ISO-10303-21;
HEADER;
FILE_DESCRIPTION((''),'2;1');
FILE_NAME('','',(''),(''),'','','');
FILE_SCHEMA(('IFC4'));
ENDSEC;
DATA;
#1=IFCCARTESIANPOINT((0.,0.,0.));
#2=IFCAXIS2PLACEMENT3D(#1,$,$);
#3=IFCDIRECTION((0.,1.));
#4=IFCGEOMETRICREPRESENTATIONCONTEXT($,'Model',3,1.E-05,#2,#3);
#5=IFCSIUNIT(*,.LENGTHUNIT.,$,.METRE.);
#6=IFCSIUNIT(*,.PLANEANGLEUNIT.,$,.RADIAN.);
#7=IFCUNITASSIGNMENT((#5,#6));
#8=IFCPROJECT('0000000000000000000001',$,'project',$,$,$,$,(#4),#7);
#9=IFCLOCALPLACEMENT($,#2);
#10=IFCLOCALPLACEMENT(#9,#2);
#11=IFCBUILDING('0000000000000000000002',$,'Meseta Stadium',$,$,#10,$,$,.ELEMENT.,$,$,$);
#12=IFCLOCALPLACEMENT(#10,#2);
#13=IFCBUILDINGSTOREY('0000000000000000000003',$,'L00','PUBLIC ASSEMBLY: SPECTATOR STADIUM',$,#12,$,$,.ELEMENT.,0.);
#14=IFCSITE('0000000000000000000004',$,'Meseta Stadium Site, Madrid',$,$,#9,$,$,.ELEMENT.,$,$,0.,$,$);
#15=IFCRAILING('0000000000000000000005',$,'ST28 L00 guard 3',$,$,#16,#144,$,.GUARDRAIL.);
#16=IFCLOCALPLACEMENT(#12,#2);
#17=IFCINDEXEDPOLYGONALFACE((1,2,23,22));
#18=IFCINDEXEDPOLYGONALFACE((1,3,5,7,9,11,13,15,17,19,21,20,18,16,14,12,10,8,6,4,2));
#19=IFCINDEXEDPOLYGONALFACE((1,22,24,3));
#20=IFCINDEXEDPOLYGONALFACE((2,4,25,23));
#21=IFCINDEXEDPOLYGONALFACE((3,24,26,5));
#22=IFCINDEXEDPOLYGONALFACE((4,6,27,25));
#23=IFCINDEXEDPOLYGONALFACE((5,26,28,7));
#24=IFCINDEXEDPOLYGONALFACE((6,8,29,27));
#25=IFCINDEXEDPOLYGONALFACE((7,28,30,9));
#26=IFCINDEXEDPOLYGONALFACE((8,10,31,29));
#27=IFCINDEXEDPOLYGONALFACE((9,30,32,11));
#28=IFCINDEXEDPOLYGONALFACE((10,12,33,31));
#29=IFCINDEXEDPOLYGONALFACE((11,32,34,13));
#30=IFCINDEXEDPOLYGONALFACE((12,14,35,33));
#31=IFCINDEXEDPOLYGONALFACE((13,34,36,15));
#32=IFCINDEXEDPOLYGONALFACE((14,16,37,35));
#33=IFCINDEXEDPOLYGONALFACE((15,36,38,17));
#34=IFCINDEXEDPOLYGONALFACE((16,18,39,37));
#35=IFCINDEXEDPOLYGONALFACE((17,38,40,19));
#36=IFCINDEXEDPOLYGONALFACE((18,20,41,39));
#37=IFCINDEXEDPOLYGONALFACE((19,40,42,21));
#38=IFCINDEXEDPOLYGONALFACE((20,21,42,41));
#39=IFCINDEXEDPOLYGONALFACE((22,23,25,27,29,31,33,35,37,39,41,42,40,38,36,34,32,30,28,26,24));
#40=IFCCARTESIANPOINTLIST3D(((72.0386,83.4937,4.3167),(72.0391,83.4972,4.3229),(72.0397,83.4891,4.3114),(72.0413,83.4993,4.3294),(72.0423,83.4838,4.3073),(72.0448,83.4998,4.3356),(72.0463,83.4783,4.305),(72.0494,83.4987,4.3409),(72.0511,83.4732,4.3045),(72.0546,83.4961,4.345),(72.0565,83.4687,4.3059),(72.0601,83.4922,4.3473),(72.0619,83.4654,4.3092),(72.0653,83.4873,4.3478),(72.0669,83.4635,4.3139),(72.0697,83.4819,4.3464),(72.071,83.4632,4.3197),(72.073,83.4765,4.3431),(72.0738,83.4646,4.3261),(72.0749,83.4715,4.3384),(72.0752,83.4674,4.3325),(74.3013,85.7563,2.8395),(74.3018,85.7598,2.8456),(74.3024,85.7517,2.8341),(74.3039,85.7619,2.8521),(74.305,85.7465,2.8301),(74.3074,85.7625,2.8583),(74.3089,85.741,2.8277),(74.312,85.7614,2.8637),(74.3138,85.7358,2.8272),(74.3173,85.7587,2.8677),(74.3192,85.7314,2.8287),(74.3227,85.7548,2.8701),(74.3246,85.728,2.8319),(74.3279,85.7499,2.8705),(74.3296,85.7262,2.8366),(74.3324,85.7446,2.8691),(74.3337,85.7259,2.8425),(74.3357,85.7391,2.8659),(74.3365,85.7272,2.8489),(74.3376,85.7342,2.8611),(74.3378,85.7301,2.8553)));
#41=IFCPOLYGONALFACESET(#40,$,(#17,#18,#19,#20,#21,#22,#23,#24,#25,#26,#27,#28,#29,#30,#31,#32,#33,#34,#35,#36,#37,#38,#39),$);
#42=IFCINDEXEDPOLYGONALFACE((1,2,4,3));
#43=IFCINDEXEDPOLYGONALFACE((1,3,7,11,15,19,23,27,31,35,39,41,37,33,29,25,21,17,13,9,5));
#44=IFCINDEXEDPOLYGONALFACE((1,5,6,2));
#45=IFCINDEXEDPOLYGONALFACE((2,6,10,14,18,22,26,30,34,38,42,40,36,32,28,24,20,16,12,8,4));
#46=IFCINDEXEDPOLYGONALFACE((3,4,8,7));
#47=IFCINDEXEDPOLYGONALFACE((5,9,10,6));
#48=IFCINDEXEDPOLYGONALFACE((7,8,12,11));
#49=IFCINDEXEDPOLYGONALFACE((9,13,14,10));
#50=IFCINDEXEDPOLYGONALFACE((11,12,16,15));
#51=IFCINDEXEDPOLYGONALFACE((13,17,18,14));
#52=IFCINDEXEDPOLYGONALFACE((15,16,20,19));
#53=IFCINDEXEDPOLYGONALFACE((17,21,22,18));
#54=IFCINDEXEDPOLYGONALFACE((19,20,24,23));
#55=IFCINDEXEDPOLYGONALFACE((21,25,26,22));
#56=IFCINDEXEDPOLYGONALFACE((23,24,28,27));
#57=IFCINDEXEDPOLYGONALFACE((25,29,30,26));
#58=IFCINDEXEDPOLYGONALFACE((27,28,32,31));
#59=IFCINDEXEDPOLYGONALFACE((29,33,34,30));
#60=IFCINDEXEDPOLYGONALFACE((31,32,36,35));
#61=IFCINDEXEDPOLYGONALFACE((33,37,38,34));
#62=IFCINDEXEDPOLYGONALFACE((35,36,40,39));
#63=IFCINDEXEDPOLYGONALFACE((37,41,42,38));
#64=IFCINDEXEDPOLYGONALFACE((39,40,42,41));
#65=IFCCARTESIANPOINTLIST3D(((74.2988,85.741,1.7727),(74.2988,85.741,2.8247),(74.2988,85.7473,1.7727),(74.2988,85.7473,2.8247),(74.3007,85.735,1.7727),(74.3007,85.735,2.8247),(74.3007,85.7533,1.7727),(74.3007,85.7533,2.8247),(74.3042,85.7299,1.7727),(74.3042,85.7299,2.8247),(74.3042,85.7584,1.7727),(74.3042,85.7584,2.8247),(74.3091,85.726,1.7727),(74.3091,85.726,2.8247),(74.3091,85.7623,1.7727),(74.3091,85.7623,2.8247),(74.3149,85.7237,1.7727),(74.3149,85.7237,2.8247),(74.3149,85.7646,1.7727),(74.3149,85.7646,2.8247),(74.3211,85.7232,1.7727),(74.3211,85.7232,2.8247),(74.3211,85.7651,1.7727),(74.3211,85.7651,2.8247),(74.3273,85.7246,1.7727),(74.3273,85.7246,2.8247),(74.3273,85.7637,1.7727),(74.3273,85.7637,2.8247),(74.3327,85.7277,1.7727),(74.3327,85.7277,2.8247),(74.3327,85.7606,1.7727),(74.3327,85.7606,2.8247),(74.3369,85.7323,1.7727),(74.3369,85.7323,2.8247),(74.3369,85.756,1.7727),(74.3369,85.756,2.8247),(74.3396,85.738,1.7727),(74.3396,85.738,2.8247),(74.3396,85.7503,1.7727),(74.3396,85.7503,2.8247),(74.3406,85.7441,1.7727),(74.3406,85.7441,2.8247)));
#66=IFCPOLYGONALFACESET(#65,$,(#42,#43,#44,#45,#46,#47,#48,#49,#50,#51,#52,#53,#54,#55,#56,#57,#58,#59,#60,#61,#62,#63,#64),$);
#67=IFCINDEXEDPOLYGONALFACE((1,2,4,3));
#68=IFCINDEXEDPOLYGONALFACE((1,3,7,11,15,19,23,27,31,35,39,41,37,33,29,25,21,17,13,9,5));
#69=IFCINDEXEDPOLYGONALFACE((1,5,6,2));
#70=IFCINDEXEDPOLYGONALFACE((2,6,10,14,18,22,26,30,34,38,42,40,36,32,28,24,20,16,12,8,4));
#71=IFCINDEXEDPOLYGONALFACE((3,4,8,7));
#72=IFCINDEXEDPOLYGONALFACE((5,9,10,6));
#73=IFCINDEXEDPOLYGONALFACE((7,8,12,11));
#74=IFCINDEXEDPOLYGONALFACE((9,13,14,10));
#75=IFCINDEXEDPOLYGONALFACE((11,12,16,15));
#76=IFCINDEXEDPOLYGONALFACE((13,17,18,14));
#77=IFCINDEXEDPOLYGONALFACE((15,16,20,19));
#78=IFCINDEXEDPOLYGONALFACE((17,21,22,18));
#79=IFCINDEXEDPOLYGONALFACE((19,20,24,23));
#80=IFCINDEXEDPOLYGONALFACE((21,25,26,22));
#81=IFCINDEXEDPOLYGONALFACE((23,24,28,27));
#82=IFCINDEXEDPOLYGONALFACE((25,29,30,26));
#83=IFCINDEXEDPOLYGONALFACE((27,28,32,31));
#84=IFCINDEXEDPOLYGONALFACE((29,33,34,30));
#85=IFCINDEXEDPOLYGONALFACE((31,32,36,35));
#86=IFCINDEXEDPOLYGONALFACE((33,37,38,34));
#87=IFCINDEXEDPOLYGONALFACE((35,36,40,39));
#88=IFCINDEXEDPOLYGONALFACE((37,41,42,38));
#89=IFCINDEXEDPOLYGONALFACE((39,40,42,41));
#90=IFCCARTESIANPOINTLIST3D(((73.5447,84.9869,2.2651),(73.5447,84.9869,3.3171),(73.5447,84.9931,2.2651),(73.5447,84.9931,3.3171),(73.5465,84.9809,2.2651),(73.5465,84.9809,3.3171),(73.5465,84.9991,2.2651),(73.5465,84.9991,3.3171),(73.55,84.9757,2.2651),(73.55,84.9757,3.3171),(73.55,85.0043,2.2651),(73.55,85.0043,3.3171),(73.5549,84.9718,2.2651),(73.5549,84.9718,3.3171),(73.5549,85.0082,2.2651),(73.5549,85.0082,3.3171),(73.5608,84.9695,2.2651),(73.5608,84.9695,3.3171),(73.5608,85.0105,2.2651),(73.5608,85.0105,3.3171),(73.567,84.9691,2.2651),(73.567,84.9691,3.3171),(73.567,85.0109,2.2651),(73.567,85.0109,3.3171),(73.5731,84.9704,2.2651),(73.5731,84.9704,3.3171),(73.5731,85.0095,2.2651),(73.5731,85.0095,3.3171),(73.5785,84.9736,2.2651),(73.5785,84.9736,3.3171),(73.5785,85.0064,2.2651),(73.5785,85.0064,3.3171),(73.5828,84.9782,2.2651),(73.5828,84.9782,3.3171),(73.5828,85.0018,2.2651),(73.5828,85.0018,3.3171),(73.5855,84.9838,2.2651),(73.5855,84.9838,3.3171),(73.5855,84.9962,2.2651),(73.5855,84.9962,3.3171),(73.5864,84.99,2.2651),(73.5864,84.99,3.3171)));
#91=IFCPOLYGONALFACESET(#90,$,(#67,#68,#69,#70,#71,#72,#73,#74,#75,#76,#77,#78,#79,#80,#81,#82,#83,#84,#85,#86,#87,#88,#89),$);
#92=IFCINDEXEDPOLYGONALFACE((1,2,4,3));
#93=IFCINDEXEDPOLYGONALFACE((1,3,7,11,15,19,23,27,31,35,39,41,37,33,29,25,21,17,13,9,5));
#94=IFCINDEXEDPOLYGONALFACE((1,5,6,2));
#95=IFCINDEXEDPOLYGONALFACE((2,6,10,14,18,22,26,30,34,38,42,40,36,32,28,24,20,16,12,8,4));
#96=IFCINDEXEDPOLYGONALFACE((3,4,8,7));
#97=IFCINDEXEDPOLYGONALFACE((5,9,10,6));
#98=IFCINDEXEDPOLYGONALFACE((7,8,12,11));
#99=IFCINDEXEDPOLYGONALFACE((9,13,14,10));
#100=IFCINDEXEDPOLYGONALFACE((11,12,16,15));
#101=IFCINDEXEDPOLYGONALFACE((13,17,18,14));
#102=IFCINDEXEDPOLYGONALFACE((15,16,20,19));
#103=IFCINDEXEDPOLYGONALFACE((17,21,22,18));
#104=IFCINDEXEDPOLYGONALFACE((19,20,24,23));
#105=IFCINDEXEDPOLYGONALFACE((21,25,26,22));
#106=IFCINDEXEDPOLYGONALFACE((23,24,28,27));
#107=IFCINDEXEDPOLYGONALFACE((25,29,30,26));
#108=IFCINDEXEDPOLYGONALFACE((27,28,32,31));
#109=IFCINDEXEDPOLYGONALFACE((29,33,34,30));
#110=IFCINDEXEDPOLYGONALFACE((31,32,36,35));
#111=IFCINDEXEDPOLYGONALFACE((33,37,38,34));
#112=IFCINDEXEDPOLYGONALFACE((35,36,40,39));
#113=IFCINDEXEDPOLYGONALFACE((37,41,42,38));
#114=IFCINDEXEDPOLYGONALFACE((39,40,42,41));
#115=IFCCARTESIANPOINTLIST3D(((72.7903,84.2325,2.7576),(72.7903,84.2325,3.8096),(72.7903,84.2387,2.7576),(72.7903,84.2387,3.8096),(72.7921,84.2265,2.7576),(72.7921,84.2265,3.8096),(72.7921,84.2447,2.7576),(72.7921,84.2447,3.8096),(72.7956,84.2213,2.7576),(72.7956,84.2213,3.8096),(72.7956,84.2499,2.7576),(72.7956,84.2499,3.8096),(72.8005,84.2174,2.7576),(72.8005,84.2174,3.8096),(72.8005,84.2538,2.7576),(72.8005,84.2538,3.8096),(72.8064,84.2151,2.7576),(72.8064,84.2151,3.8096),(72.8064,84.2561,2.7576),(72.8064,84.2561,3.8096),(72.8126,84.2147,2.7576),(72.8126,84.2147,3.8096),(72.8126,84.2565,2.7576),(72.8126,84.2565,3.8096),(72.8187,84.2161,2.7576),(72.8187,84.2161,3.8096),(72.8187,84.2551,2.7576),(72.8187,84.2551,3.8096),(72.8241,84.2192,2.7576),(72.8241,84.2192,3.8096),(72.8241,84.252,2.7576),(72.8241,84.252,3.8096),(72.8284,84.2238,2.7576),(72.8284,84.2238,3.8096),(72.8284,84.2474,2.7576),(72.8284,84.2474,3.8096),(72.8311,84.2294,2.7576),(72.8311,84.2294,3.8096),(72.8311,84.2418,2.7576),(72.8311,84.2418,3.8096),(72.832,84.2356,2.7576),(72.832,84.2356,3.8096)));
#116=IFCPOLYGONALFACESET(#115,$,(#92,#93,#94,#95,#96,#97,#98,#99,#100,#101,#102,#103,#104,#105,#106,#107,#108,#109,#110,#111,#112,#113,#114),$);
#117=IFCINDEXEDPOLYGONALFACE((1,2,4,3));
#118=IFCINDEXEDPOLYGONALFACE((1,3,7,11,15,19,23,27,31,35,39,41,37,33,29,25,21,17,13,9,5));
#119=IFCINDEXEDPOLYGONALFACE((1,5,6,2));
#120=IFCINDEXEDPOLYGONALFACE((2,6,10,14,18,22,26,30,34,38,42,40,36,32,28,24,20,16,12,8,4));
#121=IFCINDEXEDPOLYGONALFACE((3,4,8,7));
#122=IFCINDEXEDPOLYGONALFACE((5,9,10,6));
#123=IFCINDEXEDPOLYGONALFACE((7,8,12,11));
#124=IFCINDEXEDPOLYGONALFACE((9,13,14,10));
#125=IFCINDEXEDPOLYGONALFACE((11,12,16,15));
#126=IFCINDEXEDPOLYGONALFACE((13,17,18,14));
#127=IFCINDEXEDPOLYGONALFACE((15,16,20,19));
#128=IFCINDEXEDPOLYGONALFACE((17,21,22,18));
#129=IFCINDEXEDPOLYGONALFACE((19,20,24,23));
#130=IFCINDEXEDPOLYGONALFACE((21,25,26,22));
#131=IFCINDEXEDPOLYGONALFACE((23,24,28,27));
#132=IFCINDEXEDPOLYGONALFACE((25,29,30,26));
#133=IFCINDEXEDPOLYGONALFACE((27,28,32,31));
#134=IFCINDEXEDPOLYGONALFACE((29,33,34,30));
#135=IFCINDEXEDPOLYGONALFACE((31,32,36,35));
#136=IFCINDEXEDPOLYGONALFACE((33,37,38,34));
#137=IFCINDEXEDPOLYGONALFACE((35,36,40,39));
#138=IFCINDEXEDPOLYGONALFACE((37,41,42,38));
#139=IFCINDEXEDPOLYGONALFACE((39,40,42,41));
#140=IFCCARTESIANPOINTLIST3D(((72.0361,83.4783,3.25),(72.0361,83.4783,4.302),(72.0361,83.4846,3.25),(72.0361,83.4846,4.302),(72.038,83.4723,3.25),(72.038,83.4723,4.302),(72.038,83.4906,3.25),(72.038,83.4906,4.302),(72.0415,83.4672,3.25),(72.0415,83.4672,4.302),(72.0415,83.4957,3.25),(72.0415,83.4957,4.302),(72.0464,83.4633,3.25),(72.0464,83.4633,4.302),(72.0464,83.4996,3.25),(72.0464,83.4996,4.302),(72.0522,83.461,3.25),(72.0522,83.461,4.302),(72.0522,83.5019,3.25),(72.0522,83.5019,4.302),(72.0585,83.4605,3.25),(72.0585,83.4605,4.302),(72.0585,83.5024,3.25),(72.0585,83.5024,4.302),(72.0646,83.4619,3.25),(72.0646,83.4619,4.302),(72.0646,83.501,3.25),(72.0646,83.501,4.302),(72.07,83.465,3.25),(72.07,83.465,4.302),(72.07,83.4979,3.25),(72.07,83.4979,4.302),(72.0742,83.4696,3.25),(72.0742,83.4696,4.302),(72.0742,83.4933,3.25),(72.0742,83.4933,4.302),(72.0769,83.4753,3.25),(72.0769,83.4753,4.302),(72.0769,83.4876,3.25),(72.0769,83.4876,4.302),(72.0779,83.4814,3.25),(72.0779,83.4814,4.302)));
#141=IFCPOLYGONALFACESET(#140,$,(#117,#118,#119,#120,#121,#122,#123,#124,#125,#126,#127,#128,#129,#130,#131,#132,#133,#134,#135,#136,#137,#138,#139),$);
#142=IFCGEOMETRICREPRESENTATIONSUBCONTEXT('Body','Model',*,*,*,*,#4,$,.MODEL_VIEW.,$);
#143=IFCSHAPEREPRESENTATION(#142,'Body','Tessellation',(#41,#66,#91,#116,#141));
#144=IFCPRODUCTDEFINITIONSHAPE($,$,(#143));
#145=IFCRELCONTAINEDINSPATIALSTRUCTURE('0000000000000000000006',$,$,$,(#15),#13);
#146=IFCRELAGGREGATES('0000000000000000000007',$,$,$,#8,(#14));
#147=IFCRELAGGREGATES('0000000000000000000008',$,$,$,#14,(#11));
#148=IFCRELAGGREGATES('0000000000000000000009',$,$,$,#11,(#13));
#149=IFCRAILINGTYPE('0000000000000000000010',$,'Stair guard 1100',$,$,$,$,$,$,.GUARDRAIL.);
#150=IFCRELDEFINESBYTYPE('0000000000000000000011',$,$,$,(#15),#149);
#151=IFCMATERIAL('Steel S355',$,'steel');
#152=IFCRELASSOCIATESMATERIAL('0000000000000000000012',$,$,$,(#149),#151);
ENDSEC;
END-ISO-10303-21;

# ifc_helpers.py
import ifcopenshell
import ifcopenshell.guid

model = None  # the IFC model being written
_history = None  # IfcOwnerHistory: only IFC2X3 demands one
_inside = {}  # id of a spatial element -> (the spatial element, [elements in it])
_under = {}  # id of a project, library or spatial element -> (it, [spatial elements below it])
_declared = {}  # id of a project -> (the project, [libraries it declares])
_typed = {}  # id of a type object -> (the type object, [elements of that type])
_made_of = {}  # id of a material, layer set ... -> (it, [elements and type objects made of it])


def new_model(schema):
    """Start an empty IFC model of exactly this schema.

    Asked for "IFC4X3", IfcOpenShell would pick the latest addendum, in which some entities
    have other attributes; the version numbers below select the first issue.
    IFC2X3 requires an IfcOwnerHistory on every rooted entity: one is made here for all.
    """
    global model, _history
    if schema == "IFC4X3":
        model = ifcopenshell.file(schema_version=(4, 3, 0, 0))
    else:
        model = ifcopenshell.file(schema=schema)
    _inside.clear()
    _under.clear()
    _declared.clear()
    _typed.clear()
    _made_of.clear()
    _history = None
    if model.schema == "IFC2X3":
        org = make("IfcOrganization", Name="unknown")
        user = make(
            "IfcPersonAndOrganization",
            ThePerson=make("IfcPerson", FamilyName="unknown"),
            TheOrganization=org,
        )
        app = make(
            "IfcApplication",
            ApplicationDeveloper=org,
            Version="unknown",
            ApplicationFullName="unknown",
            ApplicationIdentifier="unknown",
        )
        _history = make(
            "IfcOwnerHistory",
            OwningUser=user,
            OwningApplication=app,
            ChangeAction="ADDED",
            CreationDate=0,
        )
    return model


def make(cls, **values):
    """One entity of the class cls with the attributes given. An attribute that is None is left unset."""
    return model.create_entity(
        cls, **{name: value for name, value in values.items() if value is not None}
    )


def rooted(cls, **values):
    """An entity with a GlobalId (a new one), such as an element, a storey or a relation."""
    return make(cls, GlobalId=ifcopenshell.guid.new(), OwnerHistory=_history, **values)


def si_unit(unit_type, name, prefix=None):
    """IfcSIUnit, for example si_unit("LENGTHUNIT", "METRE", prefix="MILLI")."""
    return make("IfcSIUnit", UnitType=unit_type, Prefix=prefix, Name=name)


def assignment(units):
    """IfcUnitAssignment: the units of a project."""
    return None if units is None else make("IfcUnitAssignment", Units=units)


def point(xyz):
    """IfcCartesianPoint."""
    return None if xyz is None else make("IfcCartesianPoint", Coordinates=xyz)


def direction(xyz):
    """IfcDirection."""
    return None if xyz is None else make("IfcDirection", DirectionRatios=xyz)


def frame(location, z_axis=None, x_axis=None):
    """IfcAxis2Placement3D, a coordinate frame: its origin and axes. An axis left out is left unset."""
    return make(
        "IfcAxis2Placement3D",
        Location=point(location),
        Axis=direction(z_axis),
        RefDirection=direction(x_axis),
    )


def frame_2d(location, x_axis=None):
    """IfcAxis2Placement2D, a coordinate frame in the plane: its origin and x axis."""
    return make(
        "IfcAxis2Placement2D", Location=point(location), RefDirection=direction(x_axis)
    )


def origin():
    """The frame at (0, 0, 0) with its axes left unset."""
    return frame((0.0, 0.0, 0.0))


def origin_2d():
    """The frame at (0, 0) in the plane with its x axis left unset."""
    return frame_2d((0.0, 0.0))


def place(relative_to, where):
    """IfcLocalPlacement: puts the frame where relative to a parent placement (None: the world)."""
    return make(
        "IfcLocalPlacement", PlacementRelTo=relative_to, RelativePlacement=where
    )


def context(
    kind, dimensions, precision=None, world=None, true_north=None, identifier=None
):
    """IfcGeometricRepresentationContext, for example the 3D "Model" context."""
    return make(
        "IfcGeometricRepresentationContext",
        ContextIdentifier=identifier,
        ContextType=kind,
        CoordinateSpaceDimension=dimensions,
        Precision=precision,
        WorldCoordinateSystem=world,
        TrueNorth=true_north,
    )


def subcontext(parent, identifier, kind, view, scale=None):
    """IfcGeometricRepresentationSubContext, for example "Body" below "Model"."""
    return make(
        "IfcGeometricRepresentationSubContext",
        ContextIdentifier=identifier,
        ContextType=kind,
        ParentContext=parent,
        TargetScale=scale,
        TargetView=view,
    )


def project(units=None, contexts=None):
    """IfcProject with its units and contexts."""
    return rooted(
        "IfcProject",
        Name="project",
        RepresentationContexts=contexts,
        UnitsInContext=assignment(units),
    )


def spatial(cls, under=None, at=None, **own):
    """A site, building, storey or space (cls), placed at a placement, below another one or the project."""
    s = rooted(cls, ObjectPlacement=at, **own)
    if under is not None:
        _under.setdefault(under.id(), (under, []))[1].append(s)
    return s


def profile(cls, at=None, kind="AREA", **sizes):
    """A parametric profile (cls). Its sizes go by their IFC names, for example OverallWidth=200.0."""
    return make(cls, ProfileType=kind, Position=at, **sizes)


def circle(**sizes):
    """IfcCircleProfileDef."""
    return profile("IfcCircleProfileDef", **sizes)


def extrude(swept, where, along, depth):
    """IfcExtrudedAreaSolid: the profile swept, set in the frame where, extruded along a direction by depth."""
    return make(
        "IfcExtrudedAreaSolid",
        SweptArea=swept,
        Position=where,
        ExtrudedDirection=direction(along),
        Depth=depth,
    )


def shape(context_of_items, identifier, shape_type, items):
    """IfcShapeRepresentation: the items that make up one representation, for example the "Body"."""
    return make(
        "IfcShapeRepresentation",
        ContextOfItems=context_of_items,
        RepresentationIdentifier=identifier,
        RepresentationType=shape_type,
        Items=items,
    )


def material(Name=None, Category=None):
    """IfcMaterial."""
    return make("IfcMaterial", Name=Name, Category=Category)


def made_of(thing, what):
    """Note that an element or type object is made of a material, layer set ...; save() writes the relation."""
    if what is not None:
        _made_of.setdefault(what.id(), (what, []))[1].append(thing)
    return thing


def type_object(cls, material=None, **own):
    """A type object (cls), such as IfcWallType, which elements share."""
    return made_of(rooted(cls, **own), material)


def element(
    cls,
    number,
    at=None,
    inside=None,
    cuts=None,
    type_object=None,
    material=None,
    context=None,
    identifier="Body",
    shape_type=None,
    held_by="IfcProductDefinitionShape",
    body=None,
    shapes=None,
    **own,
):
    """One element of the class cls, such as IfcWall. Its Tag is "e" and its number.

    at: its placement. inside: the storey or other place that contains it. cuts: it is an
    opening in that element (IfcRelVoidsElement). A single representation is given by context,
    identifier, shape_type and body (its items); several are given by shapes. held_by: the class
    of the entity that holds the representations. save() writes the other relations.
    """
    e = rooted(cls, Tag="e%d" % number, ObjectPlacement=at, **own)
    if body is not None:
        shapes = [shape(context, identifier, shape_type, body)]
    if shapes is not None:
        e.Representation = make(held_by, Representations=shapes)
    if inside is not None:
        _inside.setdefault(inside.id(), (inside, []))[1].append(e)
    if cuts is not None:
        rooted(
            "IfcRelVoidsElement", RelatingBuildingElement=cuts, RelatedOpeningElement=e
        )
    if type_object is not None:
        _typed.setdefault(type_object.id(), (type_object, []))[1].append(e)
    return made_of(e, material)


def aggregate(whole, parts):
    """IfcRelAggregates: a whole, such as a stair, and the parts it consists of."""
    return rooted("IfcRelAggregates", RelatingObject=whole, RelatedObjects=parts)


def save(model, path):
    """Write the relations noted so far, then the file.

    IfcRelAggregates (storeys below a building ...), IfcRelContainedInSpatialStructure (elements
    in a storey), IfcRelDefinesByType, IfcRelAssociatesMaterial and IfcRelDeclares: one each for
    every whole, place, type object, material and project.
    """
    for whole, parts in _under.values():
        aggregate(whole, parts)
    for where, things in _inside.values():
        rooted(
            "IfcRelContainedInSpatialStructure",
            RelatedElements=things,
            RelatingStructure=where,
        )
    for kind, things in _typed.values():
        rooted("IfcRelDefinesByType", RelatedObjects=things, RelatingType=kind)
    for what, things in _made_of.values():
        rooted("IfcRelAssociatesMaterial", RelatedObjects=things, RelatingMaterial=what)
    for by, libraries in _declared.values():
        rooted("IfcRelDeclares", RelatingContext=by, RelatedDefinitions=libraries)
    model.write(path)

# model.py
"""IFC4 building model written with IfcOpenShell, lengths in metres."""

from ifc_helpers import new_model, si_unit, direction, frame, origin, origin_2d, place, context, subcontext, project, spatial, circle, extrude, material, type_object, element, save


model = new_model("IFC4")

# Units and contexts
model_context = context("Model", 3, precision=1e-05, world=origin(), true_north=direction((0.0, 1.0)))
body_context = subcontext(model_context, "Body", "Model", "MODEL_VIEW")
ifc_project = project(units=[si_unit("LENGTHUNIT", "METRE"), si_unit("PLANEANGLEUNIT", "RADIAN")], contexts=[model_context])

# Site, building, storey
site_placement = place(None, origin())
site = spatial("IfcSite", under=ifc_project, at=site_placement, Name="Meseta Stadium Site, Madrid", CompositionType="ELEMENT", RefElevation=0.0)
building_placement = place(site_placement, origin())
building = spatial("IfcBuilding", under=site, at=building_placement, Name="Meseta Stadium", CompositionType="ELEMENT")
storey_placement = place(building_placement, origin())
storey = spatial("IfcBuildingStorey", under=building, at=storey_placement, Name="L00", Description="PUBLIC ASSEMBLY: SPECTATOR STADIUM", CompositionType="ELEMENT", Elevation=0.0)

# Railing
ifc_material_1 = material(Name="Steel S355", Category="steel")
railing_type_1 = type_object("IfcRailingType", Name="Stair guard 1100", PredefinedType="GUARDRAIL", material=ifc_material_1)
railing_1_placement = place(storey_placement, frame((74.3196, 85.7441, 1.7727)))
element("IfcRailing", 1, at=railing_1_placement, inside=storey, type_object=railing_type_1, Name="ST28 L00 guard 3", PredefinedType="GUARDRAIL", context=body_context, shape_type="SweptSolid", body=[
    extrude(circle(Radius=0.0239, at=origin_2d()), frame((0.0, 0.0, 1.0762), z_axis=(-0.641994, -0.641994, 0.419152), x_axis=(0.707107, -0.707107, 0.0)), (0.0, 0.0, 1.0), 3.5244),
    extrude(circle(Radius=0.021, at=origin_2d()), origin(), (0.0, 0.0, 1.0), 1.052),
    extrude(circle(Radius=0.021, at=origin_2d()), frame((-0.7542, -0.7542, 0.4924)), (0.0, 0.0, 1.0), 1.052),
    extrude(circle(Radius=0.021, at=origin_2d()), frame((-1.5085, -1.5085, 0.9849)), (0.0, 0.0, 1.0), 1.052),
    extrude(circle(Radius=0.021, at=origin_2d()), frame((-2.2627, -2.2627, 1.4773)), (0.0, 0.0, 1.0), 1.052),
])

save(model, "model.ifc")
